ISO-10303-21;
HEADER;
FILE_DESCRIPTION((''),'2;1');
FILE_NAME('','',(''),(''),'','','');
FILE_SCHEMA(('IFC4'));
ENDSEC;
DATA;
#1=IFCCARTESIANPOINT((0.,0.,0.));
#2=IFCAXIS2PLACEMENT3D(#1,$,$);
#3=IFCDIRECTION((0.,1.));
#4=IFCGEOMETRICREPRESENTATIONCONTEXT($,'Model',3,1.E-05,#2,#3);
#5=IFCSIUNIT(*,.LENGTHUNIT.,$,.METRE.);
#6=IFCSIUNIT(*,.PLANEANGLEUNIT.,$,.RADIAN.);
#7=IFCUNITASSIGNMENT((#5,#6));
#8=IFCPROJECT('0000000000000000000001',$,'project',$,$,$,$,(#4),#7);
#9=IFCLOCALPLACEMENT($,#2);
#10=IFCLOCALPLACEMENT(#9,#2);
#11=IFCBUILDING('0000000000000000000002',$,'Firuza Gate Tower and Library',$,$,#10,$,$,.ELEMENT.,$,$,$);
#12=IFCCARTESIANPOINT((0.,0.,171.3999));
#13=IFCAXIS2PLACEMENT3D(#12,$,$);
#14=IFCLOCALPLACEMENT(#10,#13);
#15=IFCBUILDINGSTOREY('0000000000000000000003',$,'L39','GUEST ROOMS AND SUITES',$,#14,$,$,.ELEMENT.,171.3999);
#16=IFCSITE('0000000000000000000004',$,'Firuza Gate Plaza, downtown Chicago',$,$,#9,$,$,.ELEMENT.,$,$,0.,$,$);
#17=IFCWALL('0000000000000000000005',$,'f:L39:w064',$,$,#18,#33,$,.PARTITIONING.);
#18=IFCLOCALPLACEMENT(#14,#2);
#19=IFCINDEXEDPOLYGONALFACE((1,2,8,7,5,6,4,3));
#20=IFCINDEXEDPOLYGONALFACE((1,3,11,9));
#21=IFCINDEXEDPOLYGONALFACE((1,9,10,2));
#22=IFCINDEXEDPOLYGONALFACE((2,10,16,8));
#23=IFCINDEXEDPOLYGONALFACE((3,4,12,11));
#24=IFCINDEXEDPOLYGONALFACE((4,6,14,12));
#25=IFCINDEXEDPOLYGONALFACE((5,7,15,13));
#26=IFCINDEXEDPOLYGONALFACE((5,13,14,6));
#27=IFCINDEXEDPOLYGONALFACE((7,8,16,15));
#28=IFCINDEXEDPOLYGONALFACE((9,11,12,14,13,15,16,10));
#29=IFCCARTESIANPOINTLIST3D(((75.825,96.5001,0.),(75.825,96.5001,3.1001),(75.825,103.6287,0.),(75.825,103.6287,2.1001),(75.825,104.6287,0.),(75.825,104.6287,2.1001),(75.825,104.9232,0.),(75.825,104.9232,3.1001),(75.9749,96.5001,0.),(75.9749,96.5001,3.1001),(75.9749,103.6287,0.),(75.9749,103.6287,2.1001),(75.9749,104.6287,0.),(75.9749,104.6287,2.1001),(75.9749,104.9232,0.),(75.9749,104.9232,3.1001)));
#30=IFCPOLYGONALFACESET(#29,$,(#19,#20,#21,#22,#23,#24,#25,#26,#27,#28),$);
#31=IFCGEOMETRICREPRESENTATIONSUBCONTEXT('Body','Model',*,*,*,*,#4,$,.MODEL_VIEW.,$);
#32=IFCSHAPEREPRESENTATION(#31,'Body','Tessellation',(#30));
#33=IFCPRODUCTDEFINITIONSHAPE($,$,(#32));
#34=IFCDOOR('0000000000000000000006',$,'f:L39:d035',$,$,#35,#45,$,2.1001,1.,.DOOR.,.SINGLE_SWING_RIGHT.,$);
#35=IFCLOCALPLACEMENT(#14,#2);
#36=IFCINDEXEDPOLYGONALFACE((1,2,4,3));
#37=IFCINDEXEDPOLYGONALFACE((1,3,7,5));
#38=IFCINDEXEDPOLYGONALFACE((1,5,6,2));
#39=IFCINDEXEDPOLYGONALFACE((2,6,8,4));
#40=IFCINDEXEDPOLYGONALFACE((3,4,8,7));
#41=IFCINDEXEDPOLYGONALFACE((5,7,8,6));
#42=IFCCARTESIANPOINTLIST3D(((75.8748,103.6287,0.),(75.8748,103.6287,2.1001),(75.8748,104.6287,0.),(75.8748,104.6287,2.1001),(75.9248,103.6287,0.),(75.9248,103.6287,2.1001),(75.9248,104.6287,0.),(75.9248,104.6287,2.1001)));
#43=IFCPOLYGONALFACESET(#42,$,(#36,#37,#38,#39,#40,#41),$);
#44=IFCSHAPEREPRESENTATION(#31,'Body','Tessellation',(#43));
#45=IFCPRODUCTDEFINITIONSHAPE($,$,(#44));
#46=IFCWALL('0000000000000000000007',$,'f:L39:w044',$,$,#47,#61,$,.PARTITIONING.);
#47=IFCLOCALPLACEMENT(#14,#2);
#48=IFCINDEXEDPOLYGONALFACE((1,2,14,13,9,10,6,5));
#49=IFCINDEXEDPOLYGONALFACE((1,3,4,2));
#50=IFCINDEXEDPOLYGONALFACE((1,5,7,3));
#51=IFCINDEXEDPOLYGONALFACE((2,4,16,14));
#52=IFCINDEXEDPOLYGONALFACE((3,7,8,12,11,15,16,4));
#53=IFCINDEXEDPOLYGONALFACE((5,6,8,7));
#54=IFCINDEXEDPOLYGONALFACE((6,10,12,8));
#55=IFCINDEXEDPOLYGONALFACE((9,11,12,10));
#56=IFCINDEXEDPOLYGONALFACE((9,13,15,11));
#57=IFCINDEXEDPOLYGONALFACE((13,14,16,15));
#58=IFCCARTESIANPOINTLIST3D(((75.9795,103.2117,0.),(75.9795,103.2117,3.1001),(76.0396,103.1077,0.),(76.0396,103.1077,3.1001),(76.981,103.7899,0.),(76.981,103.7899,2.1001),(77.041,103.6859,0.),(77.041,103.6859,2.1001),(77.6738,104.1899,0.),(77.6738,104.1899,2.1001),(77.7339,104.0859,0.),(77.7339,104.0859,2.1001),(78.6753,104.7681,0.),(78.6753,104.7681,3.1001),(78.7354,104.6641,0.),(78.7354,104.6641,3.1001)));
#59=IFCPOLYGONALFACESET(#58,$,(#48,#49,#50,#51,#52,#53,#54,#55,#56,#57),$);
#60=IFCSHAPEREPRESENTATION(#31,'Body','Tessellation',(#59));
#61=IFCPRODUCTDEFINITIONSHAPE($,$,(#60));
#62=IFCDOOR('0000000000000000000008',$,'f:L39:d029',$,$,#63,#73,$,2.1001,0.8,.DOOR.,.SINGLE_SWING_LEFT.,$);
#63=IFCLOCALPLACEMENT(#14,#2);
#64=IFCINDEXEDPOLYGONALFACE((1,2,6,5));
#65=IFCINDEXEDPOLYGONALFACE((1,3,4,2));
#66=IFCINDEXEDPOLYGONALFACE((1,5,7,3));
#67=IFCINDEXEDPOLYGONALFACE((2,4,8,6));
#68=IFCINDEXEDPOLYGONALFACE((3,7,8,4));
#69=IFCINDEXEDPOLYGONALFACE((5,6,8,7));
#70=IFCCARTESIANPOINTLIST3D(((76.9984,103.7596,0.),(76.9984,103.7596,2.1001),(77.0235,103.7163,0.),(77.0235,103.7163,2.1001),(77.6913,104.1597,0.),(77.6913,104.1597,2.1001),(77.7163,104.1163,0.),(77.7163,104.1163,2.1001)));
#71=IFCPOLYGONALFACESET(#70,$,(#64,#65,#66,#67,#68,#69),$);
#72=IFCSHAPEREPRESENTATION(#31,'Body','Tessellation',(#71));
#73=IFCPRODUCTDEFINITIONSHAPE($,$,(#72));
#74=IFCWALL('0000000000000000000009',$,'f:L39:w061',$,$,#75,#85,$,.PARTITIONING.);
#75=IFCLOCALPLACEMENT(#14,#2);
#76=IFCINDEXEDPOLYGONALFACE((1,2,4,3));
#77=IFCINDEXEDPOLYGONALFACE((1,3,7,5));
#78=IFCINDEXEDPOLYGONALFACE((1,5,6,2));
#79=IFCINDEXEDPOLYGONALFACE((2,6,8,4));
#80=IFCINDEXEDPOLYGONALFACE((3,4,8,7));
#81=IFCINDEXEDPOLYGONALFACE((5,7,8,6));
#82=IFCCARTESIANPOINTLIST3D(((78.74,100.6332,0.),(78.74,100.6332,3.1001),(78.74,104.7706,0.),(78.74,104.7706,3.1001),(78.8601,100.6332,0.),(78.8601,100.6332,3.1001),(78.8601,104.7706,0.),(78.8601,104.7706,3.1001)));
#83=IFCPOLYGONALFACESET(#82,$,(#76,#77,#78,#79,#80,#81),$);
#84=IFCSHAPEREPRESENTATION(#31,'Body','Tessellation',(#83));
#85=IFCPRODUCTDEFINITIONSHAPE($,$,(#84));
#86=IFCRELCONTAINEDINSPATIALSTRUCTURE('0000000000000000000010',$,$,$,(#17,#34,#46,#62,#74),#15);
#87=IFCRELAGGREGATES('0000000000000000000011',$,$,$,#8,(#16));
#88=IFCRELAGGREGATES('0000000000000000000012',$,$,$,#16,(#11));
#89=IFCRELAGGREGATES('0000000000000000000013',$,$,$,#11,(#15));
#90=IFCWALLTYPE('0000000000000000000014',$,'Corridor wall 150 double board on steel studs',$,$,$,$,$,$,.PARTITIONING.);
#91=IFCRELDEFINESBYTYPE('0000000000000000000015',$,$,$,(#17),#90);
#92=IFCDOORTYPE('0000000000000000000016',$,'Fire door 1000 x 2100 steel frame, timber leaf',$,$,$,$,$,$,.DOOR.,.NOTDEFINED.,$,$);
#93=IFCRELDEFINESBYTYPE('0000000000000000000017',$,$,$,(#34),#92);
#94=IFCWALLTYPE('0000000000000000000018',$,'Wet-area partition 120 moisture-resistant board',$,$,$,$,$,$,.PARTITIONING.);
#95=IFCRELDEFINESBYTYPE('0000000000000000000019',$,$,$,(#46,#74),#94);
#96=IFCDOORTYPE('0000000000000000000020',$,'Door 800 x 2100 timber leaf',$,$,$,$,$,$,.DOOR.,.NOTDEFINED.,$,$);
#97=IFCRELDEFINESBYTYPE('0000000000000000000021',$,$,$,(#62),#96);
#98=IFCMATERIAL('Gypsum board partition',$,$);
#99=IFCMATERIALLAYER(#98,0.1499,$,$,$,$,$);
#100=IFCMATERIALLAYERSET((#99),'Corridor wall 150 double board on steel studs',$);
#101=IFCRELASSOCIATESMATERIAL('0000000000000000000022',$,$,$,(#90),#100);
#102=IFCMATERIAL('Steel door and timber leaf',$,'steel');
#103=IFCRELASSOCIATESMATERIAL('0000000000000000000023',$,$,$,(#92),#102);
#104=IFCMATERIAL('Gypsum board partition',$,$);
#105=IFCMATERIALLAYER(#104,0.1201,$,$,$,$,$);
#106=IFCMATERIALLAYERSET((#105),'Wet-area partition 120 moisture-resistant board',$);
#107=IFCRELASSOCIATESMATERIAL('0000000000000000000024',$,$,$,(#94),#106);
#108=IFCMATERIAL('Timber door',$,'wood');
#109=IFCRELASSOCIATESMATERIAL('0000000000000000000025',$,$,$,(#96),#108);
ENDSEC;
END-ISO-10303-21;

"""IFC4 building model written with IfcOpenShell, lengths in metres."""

from ifc_helpers import new_model, si_unit, direction, frame, frame_2d, origin, place, context, subcontext, project, spatial, rectangle, extrude, material, layer, layer_set, type_object, element, fill, save


model = new_model("IFC4")

# Units and contexts
model_context = context("Model", 3, precision=1e-05, world=origin(), true_north=direction((0.0, 1.0)))
body_context = subcontext(model_context, "Body", "Model", "MODEL_VIEW")
ifc_project = project(units=[si_unit("LENGTHUNIT", "METRE"), si_unit("PLANEANGLEUNIT", "RADIAN")], contexts=[model_context])

# Site, building, storey
site_placement = place(None, origin())
site = spatial("IfcSite", under=ifc_project, at=site_placement, Name="Firuza Gate Plaza, downtown Chicago", CompositionType="ELEMENT", RefElevation=0.0)
building_placement = place(site_placement, origin())
building = spatial("IfcBuilding", under=site, at=building_placement, Name="Firuza Gate Tower and Library", CompositionType="ELEMENT")
storey_placement = place(building_placement, frame((0.0, 0.0, 171.3999)))
storey = spatial("IfcBuildingStorey", under=building, at=storey_placement, Name="L39", Description="GUEST ROOMS AND SUITES", CompositionType="ELEMENT", Elevation=171.3999)

# Walls, openings, doors
ifc_material_1 = material(Name="Gypsum board partition")
ifc_layer_1 = layer(ifc_material_1, 0.1499)
ifc_layer_set_1 = layer_set([ifc_layer_1], Name="Corridor wall 150 double board on steel studs")
wall_type_1 = type_object("IfcWallType", Name="Corridor wall 150 double board on steel studs", PredefinedType="PARTITIONING", material=ifc_layer_set_1)
wall_1_placement = place(storey_placement, frame((75.8999, 104.9231, 0.0), z_axis=(0.0, 0.0, 1.0), x_axis=(0.0, -1.0, 0.0)))
wall_1 = element("IfcWall", 1, at=wall_1_placement, inside=storey, type_object=wall_type_1, Name="f:L39:w064", PredefinedType="PARTITIONING", context=body_context, shape_type="SweptSolid", body=[
    extrude(rectangle(XDim=8.4231, YDim=0.1499, at=frame_2d((4.2114, 0.0))), origin(), (0.0, 0.0, 1.0), 3.1001),
])
opening_1_placement = place(wall_1_placement, frame((0.2944, 0.0, 0.0)))
opening_1 = element("IfcOpeningElement", 2, at=opening_1_placement, cuts=wall_1, PredefinedType="OPENING", context=body_context, shape_type="SweptSolid", body=[
    extrude(rectangle(XDim=1.0, YDim=2.1001, at=frame_2d((0.5, 1.05))), frame((0.0, 0.085, 0.0), z_axis=(0.0, -1.0, 0.0), x_axis=(1.0, 0.0, 0.0)), (0.0, 0.0, 1.0), 0.1699),
])
ifc_material_2 = material(Name="Steel door and timber leaf", Category="steel")
door_type_1 = type_object("IfcDoorType", Name="Fire door 1000 x 2100 steel frame, timber leaf", OperationType="NOTDEFINED", PredefinedType="DOOR", material=ifc_material_2)
door_1_placement = place(opening_1_placement, origin())
door_1 = element("IfcDoor", 3, at=door_1_placement, inside=storey, type_object=door_type_1, Name="f:L39:d035", OperationType="SINGLE_SWING_RIGHT", OverallHeight=2.1001, OverallWidth=1.0, PredefinedType="DOOR", context=body_context, shape_type="SweptSolid", body=[
    extrude(rectangle(XDim=1.0, YDim=2.1001, at=frame_2d((0.5, 1.05))), frame((0.0, 0.0249, 0.0), z_axis=(0.0, -1.0, 0.0), x_axis=(1.0, 0.0, 0.0)), (0.0, 0.0, 1.0), 0.05),
])
fill(opening_1, door_1)
ifc_material_3 = material(Name="Gypsum board partition")
ifc_layer_2 = layer(ifc_material_3, 0.1201)
ifc_layer_set_2 = layer_set([ifc_layer_2], Name="Wet-area partition 120 moisture-resistant board")
wall_type_2 = type_object("IfcWallType", Name="Wet-area partition 120 moisture-resistant board", PredefinedType="PARTITIONING", material=ifc_layer_set_2)
wall_2_placement = place(storey_placement, frame((78.7053, 104.7161, 0.0), z_axis=(0.0, 0.0, 1.0), x_axis=(-0.866029, -0.499994, 0.0)))
wall_2 = element("IfcWall", 4, at=wall_2_placement, inside=storey, type_object=wall_type_2, Name="f:L39:w044", PredefinedType="PARTITIONING", context=body_context, shape_type="SweptSolid", body=[
    extrude(rectangle(XDim=3.1128, YDim=0.1201, at=frame_2d((1.5564, 0.0))), origin(), (0.0, 0.0, 1.0), 3.1001),
])
opening_2_placement = place(wall_2_placement, frame((1.1565, 0.0, 0.0)))
opening_2 = element("IfcOpeningElement", 5, at=opening_2_placement, cuts=wall_2, PredefinedType="OPENING", context=body_context, shape_type="SweptSolid", body=[
    extrude(rectangle(XDim=0.8, YDim=2.1001, at=frame_2d((0.3999, 1.05))), frame((0.0, 0.0701, 0.0), z_axis=(0.0, -1.0, 0.0), x_axis=(1.0, 0.0, 0.0)), (0.0, 0.0, 1.0), 0.1401),
])
ifc_material_4 = material(Name="Timber door", Category="wood")
door_type_2 = type_object("IfcDoorType", Name="Door 800 x 2100 timber leaf", OperationType="NOTDEFINED", PredefinedType="DOOR", material=ifc_material_4)
door_2_placement = place(opening_2_placement, origin())
door_2 = element("IfcDoor", 6, at=door_2_placement, inside=storey, type_object=door_type_2, Name="f:L39:d029", OperationType="SINGLE_SWING_LEFT", OverallHeight=2.1001, OverallWidth=0.8, PredefinedType="DOOR", context=body_context, shape_type="SweptSolid", body=[
    extrude(rectangle(XDim=0.8, YDim=2.1001, at=frame_2d((0.3999, 1.05))), frame((0.0, 0.0249, 0.0), z_axis=(0.0, -1.0, 0.0), x_axis=(1.0, 0.0, 0.0)), (0.0, 0.0, 1.0), 0.05),
])
fill(opening_2, door_2)

# Wall
wall_3_placement = place(storey_placement, frame((78.8, 100.6331, 0.0), z_axis=(0.0, 0.0, 1.0), x_axis=(0.0, 1.0, 0.0)))
element("IfcWall", 7, at=wall_3_placement, inside=storey, type_object=wall_type_2, Name="f:L39:w061", PredefinedType="PARTITIONING", context=body_context, shape_type="SweptSolid", body=[
    extrude(rectangle(XDim=4.1375, YDim=0.1201, at=frame_2d((2.0688, 0.0))), origin(), (0.0, 0.0, 1.0), 3.1001),
])

save(model, "model.ifc")
